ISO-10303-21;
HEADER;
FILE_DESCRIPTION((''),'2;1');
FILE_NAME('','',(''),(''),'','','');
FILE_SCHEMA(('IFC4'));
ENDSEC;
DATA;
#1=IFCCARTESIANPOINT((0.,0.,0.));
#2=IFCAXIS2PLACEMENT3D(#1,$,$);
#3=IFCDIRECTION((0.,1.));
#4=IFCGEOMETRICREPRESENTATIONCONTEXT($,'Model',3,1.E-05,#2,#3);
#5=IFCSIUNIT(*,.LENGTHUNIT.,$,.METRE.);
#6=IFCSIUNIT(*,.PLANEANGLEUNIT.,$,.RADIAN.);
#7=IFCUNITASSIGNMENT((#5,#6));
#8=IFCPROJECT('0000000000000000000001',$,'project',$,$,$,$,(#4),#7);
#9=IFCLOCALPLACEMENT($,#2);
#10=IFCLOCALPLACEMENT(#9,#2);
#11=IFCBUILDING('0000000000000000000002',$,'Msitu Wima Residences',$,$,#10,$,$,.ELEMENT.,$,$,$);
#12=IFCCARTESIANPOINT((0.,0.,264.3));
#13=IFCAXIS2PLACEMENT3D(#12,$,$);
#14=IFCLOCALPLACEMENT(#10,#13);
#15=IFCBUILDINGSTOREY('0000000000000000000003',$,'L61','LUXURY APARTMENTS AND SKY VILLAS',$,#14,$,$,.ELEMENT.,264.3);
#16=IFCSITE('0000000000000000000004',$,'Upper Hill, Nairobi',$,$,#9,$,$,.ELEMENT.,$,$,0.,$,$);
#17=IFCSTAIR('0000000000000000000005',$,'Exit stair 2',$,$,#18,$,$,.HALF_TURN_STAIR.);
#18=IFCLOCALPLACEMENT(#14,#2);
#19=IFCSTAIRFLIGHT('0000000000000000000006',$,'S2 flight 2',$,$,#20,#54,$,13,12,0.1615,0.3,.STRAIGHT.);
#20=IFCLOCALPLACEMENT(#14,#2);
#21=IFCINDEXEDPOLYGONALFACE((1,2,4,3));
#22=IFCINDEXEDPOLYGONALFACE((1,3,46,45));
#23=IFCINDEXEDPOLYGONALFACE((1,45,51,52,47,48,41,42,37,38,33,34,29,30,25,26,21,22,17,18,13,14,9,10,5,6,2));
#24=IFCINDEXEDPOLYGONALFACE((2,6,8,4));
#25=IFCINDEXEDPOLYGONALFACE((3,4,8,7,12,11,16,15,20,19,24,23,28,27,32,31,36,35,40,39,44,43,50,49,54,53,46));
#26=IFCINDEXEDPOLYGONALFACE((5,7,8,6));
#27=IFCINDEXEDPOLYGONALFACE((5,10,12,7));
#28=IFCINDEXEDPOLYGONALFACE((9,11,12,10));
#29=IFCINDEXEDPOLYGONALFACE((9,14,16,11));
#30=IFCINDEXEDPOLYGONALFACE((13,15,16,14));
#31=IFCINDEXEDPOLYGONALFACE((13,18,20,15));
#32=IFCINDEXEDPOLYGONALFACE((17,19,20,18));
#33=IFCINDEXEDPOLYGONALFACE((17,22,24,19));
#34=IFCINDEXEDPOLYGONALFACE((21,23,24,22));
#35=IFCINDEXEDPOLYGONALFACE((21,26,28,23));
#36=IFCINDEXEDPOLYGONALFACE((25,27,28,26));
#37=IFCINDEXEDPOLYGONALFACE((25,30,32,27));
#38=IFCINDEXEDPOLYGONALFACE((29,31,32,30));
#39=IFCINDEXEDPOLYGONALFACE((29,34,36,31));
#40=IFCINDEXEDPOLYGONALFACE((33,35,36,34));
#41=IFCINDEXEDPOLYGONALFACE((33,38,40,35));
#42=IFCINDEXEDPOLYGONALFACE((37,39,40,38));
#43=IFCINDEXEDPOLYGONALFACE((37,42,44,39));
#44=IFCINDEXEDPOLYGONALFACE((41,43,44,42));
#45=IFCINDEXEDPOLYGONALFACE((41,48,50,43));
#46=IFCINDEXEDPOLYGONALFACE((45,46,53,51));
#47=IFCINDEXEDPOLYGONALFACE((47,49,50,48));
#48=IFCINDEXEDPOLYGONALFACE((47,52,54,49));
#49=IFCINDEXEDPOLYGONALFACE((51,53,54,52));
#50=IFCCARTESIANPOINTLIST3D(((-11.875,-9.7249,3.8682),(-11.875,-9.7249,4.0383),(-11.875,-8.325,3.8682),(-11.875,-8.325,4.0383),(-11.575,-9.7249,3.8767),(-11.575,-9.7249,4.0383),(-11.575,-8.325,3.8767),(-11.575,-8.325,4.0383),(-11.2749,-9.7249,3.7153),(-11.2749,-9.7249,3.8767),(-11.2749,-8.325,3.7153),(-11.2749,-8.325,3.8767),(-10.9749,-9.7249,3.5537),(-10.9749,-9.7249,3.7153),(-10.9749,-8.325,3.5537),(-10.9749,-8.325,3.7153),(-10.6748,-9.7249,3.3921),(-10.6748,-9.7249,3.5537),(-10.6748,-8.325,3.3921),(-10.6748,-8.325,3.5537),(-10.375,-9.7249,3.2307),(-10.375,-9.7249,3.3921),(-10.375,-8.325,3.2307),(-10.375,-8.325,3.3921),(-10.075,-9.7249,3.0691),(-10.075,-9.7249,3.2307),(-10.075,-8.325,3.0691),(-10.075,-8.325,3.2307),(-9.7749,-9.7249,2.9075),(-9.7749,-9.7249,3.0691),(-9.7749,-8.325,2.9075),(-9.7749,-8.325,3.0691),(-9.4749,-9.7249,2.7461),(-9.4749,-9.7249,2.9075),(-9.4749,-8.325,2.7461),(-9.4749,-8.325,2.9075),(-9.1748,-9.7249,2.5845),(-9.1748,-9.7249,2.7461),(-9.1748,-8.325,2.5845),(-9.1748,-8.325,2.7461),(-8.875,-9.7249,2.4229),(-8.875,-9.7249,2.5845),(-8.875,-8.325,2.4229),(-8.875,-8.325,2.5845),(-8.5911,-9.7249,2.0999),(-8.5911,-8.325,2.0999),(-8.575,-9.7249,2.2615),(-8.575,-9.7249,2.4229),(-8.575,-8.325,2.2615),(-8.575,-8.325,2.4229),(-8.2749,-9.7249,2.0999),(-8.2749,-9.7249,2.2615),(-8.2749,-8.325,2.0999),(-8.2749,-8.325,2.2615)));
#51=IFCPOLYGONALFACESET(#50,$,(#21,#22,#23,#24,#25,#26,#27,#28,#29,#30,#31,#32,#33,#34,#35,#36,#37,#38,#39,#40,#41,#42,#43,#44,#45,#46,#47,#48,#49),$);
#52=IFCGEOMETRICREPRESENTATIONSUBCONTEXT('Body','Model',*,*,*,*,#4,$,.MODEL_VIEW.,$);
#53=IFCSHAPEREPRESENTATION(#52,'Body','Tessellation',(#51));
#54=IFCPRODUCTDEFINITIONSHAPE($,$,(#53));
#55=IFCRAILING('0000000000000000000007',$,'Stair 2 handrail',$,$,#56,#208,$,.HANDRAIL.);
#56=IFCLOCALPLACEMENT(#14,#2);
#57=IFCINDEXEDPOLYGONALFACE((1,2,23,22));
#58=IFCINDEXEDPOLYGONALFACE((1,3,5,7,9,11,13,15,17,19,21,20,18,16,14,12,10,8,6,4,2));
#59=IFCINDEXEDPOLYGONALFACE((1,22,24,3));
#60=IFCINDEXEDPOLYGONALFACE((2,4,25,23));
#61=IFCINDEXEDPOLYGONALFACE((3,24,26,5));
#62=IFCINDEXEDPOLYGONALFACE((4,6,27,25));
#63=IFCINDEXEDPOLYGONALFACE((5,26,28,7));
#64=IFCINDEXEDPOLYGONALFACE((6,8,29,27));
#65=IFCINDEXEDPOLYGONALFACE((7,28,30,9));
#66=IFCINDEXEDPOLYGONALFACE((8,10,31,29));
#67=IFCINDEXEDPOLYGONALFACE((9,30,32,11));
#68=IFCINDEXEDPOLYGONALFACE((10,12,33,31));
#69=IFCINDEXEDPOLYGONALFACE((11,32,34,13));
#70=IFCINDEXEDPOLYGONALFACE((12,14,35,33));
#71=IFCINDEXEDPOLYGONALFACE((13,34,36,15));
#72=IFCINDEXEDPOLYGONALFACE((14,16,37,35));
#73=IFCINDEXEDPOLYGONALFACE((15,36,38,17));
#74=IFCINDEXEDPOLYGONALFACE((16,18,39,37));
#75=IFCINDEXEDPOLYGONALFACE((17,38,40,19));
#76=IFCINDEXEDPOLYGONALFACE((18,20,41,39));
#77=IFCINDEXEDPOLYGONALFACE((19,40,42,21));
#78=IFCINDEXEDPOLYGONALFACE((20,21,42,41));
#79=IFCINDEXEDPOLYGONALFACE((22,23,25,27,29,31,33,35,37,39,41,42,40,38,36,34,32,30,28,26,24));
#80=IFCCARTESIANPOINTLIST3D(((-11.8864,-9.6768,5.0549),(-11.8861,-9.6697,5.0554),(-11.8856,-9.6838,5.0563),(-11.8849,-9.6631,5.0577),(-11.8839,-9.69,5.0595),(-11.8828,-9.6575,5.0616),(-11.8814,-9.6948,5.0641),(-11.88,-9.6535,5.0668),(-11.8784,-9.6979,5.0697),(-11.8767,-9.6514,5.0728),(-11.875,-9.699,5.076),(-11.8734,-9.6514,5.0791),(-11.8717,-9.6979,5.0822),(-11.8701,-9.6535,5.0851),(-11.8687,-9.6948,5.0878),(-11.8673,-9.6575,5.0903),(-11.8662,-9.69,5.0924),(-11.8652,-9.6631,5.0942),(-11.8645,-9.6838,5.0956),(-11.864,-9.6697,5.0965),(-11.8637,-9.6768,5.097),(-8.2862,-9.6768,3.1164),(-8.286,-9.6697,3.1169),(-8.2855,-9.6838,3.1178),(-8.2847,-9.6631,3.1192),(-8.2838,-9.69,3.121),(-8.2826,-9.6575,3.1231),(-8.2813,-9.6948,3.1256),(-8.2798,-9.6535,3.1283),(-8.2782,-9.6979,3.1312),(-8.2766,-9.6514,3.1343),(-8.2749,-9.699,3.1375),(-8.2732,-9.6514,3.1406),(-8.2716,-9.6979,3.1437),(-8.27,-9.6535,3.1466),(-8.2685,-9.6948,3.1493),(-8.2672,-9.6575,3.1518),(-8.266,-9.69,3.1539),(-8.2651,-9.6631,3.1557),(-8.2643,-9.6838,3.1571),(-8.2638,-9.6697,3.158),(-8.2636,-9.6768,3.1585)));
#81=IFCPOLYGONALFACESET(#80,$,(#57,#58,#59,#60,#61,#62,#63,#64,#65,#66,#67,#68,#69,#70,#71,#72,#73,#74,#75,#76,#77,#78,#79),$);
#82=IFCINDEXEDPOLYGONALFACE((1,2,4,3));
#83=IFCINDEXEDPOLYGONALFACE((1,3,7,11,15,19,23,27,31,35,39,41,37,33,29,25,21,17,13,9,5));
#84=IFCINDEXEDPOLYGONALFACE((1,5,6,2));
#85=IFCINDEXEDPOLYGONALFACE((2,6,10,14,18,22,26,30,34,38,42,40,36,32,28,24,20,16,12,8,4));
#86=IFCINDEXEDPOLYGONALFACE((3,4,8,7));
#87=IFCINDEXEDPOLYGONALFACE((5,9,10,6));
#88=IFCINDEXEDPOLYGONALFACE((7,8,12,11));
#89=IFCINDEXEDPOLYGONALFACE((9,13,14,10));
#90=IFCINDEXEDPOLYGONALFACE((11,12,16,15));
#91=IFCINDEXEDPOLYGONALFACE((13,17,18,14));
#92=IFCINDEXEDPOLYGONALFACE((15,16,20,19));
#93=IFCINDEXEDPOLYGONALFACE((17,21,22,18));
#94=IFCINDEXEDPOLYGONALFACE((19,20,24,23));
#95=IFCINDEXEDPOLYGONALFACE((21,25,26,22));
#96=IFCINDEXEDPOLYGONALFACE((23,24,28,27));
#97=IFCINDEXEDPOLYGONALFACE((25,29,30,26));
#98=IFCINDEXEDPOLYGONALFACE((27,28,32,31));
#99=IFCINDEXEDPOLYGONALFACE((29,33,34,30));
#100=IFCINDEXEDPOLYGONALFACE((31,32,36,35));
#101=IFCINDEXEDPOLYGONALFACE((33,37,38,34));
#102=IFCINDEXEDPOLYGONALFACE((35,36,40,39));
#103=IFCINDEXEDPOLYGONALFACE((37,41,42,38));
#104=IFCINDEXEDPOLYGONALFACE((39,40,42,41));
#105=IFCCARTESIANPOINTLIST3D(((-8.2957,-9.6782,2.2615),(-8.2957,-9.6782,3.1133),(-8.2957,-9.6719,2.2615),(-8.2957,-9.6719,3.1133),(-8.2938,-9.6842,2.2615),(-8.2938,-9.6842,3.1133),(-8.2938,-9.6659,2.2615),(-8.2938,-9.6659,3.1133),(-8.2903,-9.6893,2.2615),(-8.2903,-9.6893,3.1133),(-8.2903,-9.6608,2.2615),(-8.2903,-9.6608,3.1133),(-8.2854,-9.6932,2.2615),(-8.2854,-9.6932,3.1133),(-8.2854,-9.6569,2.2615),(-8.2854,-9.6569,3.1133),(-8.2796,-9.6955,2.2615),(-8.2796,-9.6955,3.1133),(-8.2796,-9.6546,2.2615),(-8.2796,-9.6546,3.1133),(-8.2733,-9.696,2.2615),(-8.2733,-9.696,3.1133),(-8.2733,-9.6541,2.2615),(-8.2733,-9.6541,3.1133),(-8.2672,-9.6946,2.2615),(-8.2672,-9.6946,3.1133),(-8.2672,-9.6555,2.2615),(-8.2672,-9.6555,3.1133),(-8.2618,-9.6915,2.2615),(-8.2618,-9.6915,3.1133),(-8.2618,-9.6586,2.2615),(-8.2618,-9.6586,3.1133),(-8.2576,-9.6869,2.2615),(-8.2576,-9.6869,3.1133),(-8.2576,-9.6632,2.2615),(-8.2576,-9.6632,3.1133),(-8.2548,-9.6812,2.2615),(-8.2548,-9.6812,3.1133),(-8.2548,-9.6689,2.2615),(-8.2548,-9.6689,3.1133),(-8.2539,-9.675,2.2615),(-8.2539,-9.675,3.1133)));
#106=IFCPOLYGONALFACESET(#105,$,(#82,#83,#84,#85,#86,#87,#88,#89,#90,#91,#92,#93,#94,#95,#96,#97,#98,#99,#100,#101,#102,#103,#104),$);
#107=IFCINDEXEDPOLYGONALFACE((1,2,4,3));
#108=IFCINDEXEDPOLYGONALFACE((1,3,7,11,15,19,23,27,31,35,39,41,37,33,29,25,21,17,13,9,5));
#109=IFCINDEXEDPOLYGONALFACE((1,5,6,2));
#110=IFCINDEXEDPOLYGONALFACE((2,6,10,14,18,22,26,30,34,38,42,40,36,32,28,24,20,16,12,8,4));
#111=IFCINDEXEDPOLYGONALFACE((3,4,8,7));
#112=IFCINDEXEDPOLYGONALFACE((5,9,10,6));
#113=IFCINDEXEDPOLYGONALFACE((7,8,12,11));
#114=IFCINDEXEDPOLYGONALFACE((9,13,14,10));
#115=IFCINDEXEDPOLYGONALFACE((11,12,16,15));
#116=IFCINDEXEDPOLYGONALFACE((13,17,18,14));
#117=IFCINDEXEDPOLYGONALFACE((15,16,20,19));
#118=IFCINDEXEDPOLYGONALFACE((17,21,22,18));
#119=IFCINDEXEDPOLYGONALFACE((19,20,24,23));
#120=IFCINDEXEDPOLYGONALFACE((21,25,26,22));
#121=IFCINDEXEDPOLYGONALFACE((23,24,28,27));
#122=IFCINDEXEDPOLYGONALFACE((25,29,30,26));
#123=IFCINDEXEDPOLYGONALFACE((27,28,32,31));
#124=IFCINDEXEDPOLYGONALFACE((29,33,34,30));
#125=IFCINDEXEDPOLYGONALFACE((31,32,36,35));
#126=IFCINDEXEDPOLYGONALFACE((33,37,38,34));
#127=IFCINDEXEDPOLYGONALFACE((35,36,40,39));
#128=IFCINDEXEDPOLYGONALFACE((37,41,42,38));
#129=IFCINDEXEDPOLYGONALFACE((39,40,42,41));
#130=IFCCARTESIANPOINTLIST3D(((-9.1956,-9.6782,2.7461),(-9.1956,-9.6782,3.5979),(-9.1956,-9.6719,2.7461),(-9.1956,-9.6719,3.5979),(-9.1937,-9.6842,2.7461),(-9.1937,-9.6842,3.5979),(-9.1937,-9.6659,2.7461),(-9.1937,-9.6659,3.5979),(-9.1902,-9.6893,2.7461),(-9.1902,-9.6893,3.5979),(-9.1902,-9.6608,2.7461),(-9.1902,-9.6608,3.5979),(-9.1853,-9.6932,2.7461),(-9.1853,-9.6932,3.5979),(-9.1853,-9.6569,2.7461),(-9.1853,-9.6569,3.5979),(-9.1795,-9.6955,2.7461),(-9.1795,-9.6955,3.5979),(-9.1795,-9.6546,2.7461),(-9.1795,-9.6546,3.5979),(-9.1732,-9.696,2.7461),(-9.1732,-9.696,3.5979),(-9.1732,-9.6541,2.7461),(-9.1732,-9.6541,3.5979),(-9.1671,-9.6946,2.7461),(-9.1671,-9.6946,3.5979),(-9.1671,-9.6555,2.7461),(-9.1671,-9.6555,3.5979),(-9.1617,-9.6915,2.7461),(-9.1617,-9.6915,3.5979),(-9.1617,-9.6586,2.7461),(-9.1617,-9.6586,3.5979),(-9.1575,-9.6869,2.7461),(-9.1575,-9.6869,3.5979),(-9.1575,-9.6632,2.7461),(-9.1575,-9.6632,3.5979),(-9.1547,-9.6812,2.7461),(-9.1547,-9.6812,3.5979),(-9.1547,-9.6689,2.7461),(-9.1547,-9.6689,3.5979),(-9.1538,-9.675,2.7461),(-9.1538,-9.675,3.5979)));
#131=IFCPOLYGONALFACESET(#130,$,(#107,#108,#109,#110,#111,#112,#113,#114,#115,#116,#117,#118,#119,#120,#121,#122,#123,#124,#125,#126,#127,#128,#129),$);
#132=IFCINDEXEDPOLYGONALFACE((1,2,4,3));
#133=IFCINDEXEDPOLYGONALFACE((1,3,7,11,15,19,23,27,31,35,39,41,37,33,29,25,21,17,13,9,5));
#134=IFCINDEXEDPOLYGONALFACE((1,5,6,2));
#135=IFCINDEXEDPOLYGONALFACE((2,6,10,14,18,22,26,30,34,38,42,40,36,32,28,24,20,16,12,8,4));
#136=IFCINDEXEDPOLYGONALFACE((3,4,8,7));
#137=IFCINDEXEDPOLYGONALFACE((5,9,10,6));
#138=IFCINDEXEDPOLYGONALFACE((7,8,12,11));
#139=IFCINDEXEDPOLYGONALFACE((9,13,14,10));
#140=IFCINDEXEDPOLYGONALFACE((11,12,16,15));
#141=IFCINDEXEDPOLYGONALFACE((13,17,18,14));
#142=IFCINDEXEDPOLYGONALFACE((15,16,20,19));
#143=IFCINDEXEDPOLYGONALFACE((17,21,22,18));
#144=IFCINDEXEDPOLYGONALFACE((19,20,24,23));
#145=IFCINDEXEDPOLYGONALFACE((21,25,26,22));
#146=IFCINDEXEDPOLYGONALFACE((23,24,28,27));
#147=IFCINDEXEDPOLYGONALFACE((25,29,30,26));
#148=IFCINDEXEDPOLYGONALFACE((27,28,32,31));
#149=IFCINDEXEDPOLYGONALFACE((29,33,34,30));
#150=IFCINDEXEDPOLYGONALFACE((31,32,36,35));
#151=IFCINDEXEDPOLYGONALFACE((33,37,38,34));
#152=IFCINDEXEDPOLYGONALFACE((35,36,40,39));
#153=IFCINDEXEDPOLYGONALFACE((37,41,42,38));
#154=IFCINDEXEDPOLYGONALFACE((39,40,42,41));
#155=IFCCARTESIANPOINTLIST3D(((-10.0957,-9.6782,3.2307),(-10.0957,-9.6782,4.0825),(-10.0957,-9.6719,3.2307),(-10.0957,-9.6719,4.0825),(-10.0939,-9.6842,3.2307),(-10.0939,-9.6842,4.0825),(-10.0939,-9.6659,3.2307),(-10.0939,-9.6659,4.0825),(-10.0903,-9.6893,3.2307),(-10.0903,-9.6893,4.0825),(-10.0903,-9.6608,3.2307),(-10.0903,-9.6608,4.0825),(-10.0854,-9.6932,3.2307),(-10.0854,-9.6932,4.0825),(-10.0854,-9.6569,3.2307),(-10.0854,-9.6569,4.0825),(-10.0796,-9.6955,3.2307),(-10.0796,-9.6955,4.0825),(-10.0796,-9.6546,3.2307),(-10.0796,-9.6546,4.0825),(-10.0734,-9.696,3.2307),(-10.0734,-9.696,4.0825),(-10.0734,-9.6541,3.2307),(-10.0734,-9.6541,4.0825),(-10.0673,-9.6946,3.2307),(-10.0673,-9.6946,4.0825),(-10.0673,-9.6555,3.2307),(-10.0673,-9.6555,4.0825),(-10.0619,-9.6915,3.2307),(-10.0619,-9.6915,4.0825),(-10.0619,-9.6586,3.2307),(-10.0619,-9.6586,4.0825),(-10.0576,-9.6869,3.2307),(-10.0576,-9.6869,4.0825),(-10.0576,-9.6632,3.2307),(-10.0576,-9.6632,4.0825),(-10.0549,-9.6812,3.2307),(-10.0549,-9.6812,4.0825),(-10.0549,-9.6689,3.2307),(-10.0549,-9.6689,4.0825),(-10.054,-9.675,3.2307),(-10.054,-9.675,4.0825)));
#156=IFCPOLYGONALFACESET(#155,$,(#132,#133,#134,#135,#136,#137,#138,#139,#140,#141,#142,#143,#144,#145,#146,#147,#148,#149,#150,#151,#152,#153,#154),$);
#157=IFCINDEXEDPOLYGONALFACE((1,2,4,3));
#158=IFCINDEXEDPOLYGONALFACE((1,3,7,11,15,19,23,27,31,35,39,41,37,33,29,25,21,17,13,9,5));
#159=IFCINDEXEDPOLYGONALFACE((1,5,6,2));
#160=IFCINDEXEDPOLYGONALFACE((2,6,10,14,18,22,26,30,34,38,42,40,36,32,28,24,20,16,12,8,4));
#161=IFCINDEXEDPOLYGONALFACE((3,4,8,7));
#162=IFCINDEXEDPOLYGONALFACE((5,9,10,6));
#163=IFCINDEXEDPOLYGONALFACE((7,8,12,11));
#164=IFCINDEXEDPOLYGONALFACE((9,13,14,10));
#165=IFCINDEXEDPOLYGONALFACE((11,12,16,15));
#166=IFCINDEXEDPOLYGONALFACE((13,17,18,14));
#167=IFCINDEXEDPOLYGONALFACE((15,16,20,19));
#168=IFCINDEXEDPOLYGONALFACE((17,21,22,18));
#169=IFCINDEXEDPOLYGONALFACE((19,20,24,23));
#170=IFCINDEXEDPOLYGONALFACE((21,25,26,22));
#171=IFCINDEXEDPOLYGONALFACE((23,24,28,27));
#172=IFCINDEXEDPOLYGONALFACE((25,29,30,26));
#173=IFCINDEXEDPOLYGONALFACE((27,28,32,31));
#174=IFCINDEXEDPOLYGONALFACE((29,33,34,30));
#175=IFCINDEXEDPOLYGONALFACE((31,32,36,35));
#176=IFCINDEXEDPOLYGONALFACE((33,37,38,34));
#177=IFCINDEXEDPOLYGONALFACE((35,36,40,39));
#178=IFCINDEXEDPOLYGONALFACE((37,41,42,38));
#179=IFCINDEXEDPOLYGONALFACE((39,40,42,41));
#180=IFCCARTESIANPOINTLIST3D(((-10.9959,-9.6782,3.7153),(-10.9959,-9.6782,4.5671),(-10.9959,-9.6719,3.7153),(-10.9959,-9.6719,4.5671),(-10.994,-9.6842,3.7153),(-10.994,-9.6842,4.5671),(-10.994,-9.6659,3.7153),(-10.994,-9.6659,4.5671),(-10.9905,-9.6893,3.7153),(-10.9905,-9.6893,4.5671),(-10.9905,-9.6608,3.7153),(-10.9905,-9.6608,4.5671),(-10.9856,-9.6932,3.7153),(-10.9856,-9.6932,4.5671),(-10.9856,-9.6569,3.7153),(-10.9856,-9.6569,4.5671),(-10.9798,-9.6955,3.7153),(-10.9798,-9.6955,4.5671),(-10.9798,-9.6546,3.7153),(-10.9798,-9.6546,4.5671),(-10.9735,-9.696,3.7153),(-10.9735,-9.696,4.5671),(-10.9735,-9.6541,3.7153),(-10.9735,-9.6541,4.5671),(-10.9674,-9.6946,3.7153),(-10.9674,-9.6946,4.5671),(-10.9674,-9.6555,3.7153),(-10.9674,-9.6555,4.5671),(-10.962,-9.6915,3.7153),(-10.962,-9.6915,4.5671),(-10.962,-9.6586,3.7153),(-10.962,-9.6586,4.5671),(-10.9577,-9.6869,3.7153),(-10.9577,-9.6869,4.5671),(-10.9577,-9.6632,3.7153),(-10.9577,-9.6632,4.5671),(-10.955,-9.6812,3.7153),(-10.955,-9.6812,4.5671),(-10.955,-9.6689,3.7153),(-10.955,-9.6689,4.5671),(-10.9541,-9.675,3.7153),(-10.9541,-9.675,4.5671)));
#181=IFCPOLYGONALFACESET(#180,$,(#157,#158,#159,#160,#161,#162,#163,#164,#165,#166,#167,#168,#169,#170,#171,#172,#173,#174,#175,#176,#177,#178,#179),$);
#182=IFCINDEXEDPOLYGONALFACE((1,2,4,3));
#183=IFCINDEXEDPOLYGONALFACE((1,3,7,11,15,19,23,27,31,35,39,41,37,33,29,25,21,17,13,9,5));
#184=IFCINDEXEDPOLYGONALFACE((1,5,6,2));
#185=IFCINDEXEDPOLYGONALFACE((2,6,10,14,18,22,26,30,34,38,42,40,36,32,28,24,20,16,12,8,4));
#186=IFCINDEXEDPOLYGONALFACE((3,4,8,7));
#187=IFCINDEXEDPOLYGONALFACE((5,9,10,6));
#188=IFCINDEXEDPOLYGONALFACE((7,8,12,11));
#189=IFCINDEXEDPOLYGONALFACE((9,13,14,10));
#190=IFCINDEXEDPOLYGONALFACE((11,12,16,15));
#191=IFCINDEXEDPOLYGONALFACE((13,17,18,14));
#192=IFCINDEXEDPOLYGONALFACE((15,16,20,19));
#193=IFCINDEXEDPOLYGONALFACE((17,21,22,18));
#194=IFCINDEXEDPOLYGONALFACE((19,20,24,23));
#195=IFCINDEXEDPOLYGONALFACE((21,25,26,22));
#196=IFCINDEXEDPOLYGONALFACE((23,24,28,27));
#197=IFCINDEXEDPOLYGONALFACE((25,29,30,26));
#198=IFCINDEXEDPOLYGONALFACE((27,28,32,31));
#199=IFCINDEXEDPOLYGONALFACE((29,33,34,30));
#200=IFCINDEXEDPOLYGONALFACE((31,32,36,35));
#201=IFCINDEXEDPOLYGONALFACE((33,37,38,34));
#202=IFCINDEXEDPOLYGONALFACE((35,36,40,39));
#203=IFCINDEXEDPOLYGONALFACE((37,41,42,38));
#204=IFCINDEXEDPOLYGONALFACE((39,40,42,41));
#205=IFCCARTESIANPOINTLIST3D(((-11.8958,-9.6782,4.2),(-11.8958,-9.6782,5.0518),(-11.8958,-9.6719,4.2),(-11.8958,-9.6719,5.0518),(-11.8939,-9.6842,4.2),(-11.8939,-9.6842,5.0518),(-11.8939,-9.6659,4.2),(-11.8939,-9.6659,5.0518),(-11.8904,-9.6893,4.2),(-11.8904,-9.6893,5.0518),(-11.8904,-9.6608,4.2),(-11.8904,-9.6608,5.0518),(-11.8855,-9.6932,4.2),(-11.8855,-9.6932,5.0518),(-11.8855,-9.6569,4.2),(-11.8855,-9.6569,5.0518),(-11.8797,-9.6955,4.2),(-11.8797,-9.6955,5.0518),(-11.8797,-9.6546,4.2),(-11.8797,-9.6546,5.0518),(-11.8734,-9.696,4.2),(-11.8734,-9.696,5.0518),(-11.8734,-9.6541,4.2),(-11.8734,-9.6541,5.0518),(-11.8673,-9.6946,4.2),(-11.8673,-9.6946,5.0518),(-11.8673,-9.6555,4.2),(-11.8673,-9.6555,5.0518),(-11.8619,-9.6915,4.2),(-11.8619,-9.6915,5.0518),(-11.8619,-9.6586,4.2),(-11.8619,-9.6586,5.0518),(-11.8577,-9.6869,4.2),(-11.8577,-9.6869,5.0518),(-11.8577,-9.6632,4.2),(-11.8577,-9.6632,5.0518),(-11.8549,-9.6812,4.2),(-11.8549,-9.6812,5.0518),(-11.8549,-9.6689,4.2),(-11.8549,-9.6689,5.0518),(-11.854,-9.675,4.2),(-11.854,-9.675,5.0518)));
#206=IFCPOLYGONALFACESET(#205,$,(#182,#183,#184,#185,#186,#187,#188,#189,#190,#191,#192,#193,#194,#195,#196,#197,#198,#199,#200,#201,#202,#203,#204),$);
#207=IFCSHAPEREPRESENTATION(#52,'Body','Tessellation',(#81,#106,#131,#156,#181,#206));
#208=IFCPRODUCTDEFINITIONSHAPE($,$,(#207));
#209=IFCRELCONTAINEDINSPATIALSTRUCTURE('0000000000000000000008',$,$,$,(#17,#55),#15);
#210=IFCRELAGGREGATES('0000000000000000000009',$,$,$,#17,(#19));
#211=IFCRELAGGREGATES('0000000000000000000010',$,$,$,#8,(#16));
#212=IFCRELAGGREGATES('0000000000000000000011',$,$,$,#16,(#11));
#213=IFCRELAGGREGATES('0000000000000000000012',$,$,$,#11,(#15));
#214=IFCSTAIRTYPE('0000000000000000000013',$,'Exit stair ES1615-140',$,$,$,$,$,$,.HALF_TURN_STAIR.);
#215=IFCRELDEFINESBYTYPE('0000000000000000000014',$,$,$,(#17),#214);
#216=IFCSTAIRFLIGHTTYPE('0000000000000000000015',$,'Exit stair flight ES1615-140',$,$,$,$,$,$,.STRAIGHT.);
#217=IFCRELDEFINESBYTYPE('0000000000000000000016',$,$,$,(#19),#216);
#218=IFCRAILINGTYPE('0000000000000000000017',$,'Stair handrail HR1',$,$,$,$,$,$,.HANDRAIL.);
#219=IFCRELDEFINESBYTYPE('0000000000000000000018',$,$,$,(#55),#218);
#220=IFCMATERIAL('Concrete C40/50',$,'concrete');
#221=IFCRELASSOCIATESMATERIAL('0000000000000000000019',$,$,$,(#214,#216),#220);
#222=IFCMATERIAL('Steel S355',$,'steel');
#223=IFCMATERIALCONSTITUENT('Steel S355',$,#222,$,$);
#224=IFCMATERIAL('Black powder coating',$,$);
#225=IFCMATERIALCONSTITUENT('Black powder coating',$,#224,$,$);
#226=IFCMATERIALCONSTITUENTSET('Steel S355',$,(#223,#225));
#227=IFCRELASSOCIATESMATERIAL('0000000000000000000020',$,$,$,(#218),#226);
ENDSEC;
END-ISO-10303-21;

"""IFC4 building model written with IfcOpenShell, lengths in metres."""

from ifc_helpers import new_model, si_unit, direction, frame, origin, origin_2d, place, context, subcontext, project, spatial, polyline, circle, outline, extrude, material, constituent, constituent_set, type_object, element, aggregate, save


model = new_model("IFC4")

# Units and contexts
model_context = context("Model", 3, precision=1e-05, world=origin(), true_north=direction((0.0, 1.0)))
body_context = subcontext(model_context, "Body", "Model", "MODEL_VIEW")
ifc_project = project(units=[si_unit("LENGTHUNIT", "METRE"), si_unit("PLANEANGLEUNIT", "RADIAN")], contexts=[model_context])

# Site, building, storey
site_placement = place(None, origin())
site = spatial("IfcSite", under=ifc_project, at=site_placement, Name="Upper Hill, Nairobi", CompositionType="ELEMENT", RefElevation=0.0)
building_placement = place(site_placement, origin())
building = spatial("IfcBuilding", under=site, at=building_placement, Name="Msitu Wima Residences", CompositionType="ELEMENT")
storey_placement = place(building_placement, frame((0.0, 0.0, 264.3)))
storey = spatial("IfcBuildingStorey", under=building, at=storey_placement, Name="L61", Description="LUXURY APARTMENTS AND SKY VILLAS", CompositionType="ELEMENT", Elevation=264.3)

# Stair, stair flight
ifc_material_1 = material(Name="Concrete C40/50", Category="concrete")
stair_type = type_object("IfcStairType", Name="Exit stair ES1615-140", PredefinedType="HALF_TURN_STAIR", material=ifc_material_1)
stair_placement = place(storey_placement, origin())
stair = element("IfcStair", 1, at=stair_placement, inside=storey, type_object=stair_type, Name="Exit stair 2", PredefinedType="HALF_TURN_STAIR")
stair_flight_type = type_object("IfcStairFlightType", Name="Exit stair flight ES1615-140", PredefinedType="STRAIGHT", material=ifc_material_1)
stair_flight_placement = place(storey_placement, frame((-8.2749, -9.0249, 2.0999), z_axis=(0.0, 0.0, 1.0), x_axis=(-1.0, 0.0, 0.0)))
stair_flight = element("IfcStairFlight", 2, at=stair_flight_placement, type_object=stair_flight_type, Name="S2 flight 2", NumberOfRisers=13, NumberOfTreads=12, PredefinedType="STRAIGHT", RiserHeight=0.1615, TreadLength=0.3, context=body_context, shape_type="SweptSolid", body=[
    extrude(outline(polyline([(0.0, 0.0), (0.0, 0.1616), (0.3, 0.1616), (0.3, 0.323), (0.6001, 0.323), (0.6001, 0.4846), (0.8999, 0.4846), (0.8999, 0.6462), (1.2, 0.6462), (1.2, 0.8076), (1.5, 0.8076), (1.5, 0.9692), (1.8, 0.9692), (1.8, 1.1309), (2.1001, 1.1309), (2.1001, 1.2922), (2.3999, 1.2922), (2.3999, 1.4539), (2.7, 1.4539), (2.7, 1.6155), (3.0, 1.6155), (3.0, 1.7769), (3.3, 1.7769), (3.3, 1.9385), (3.6001, 1.9385), (3.6001, 2.1001), (3.6001, 1.7683), (0.3162, 0.0), (0.0, 0.0)])), frame((0.0, 0.7, 0.0), z_axis=(0.0, -1.0, 0.0), x_axis=(1.0, 0.0, 0.0)), (0.0, 0.0, 1.0), 1.3999),
])
aggregate(stair, [stair_flight])

# Railing
ifc_material_2 = material(Name="Steel S355", Category="steel")
ifc_constituent_1 = constituent(ifc_material_2, Name="Steel S355")
ifc_material_3 = material(Name="Black powder coating")
ifc_constituent_2 = constituent(ifc_material_3, Name="Black powder coating")
ifc_constituent_set = constituent_set(constituents=[ifc_constituent_1, ifc_constituent_2], Name="Steel S355")
railing_type = type_object("IfcRailingType", Name="Stair handrail HR1", PredefinedType="HANDRAIL", material=ifc_constituent_set)
for number, where, name in (
    (3, (-8.2749, -9.675, 2.2615), "Stair 2 handrail"),
):
    element("IfcRailing", number, at=place(storey_placement, frame(where)), inside=storey, type_object=railing_type, Name=name, PredefinedType="HANDRAIL", context=body_context, shape_type="SweptSolid", body=[
        extrude(circle(Radius=0.0239, at=origin_2d()), frame((0.0, 0.0, 0.876), z_axis=(-0.880475, 0.0, 0.474093), x_axis=(0.0, -1.0, 0.0)), (0.0, 0.0, 1.0), 4.0889),
        extrude(circle(Radius=0.021, at=origin_2d()), origin(), (0.0, 0.0, 1.0), 0.8518),
        extrude(circle(Radius=0.021, at=origin_2d()), frame((-0.8999, 0.0, 0.4846)), (0.0, 0.0, 1.0), 0.8518),
        extrude(circle(Radius=0.021, at=origin_2d()), frame((-1.8, 0.0, 0.9692)), (0.0, 0.0, 1.0), 0.8518),
        extrude(circle(Radius=0.021, at=origin_2d()), frame((-2.7002, 0.0, 1.4539)), (0.0, 0.0, 1.0), 0.8518),
        extrude(circle(Radius=0.021, at=origin_2d()), frame((-3.6001, 0.0, 1.9385)), (0.0, 0.0, 1.0), 0.8518),
    ])

save(model, "model.ifc")
